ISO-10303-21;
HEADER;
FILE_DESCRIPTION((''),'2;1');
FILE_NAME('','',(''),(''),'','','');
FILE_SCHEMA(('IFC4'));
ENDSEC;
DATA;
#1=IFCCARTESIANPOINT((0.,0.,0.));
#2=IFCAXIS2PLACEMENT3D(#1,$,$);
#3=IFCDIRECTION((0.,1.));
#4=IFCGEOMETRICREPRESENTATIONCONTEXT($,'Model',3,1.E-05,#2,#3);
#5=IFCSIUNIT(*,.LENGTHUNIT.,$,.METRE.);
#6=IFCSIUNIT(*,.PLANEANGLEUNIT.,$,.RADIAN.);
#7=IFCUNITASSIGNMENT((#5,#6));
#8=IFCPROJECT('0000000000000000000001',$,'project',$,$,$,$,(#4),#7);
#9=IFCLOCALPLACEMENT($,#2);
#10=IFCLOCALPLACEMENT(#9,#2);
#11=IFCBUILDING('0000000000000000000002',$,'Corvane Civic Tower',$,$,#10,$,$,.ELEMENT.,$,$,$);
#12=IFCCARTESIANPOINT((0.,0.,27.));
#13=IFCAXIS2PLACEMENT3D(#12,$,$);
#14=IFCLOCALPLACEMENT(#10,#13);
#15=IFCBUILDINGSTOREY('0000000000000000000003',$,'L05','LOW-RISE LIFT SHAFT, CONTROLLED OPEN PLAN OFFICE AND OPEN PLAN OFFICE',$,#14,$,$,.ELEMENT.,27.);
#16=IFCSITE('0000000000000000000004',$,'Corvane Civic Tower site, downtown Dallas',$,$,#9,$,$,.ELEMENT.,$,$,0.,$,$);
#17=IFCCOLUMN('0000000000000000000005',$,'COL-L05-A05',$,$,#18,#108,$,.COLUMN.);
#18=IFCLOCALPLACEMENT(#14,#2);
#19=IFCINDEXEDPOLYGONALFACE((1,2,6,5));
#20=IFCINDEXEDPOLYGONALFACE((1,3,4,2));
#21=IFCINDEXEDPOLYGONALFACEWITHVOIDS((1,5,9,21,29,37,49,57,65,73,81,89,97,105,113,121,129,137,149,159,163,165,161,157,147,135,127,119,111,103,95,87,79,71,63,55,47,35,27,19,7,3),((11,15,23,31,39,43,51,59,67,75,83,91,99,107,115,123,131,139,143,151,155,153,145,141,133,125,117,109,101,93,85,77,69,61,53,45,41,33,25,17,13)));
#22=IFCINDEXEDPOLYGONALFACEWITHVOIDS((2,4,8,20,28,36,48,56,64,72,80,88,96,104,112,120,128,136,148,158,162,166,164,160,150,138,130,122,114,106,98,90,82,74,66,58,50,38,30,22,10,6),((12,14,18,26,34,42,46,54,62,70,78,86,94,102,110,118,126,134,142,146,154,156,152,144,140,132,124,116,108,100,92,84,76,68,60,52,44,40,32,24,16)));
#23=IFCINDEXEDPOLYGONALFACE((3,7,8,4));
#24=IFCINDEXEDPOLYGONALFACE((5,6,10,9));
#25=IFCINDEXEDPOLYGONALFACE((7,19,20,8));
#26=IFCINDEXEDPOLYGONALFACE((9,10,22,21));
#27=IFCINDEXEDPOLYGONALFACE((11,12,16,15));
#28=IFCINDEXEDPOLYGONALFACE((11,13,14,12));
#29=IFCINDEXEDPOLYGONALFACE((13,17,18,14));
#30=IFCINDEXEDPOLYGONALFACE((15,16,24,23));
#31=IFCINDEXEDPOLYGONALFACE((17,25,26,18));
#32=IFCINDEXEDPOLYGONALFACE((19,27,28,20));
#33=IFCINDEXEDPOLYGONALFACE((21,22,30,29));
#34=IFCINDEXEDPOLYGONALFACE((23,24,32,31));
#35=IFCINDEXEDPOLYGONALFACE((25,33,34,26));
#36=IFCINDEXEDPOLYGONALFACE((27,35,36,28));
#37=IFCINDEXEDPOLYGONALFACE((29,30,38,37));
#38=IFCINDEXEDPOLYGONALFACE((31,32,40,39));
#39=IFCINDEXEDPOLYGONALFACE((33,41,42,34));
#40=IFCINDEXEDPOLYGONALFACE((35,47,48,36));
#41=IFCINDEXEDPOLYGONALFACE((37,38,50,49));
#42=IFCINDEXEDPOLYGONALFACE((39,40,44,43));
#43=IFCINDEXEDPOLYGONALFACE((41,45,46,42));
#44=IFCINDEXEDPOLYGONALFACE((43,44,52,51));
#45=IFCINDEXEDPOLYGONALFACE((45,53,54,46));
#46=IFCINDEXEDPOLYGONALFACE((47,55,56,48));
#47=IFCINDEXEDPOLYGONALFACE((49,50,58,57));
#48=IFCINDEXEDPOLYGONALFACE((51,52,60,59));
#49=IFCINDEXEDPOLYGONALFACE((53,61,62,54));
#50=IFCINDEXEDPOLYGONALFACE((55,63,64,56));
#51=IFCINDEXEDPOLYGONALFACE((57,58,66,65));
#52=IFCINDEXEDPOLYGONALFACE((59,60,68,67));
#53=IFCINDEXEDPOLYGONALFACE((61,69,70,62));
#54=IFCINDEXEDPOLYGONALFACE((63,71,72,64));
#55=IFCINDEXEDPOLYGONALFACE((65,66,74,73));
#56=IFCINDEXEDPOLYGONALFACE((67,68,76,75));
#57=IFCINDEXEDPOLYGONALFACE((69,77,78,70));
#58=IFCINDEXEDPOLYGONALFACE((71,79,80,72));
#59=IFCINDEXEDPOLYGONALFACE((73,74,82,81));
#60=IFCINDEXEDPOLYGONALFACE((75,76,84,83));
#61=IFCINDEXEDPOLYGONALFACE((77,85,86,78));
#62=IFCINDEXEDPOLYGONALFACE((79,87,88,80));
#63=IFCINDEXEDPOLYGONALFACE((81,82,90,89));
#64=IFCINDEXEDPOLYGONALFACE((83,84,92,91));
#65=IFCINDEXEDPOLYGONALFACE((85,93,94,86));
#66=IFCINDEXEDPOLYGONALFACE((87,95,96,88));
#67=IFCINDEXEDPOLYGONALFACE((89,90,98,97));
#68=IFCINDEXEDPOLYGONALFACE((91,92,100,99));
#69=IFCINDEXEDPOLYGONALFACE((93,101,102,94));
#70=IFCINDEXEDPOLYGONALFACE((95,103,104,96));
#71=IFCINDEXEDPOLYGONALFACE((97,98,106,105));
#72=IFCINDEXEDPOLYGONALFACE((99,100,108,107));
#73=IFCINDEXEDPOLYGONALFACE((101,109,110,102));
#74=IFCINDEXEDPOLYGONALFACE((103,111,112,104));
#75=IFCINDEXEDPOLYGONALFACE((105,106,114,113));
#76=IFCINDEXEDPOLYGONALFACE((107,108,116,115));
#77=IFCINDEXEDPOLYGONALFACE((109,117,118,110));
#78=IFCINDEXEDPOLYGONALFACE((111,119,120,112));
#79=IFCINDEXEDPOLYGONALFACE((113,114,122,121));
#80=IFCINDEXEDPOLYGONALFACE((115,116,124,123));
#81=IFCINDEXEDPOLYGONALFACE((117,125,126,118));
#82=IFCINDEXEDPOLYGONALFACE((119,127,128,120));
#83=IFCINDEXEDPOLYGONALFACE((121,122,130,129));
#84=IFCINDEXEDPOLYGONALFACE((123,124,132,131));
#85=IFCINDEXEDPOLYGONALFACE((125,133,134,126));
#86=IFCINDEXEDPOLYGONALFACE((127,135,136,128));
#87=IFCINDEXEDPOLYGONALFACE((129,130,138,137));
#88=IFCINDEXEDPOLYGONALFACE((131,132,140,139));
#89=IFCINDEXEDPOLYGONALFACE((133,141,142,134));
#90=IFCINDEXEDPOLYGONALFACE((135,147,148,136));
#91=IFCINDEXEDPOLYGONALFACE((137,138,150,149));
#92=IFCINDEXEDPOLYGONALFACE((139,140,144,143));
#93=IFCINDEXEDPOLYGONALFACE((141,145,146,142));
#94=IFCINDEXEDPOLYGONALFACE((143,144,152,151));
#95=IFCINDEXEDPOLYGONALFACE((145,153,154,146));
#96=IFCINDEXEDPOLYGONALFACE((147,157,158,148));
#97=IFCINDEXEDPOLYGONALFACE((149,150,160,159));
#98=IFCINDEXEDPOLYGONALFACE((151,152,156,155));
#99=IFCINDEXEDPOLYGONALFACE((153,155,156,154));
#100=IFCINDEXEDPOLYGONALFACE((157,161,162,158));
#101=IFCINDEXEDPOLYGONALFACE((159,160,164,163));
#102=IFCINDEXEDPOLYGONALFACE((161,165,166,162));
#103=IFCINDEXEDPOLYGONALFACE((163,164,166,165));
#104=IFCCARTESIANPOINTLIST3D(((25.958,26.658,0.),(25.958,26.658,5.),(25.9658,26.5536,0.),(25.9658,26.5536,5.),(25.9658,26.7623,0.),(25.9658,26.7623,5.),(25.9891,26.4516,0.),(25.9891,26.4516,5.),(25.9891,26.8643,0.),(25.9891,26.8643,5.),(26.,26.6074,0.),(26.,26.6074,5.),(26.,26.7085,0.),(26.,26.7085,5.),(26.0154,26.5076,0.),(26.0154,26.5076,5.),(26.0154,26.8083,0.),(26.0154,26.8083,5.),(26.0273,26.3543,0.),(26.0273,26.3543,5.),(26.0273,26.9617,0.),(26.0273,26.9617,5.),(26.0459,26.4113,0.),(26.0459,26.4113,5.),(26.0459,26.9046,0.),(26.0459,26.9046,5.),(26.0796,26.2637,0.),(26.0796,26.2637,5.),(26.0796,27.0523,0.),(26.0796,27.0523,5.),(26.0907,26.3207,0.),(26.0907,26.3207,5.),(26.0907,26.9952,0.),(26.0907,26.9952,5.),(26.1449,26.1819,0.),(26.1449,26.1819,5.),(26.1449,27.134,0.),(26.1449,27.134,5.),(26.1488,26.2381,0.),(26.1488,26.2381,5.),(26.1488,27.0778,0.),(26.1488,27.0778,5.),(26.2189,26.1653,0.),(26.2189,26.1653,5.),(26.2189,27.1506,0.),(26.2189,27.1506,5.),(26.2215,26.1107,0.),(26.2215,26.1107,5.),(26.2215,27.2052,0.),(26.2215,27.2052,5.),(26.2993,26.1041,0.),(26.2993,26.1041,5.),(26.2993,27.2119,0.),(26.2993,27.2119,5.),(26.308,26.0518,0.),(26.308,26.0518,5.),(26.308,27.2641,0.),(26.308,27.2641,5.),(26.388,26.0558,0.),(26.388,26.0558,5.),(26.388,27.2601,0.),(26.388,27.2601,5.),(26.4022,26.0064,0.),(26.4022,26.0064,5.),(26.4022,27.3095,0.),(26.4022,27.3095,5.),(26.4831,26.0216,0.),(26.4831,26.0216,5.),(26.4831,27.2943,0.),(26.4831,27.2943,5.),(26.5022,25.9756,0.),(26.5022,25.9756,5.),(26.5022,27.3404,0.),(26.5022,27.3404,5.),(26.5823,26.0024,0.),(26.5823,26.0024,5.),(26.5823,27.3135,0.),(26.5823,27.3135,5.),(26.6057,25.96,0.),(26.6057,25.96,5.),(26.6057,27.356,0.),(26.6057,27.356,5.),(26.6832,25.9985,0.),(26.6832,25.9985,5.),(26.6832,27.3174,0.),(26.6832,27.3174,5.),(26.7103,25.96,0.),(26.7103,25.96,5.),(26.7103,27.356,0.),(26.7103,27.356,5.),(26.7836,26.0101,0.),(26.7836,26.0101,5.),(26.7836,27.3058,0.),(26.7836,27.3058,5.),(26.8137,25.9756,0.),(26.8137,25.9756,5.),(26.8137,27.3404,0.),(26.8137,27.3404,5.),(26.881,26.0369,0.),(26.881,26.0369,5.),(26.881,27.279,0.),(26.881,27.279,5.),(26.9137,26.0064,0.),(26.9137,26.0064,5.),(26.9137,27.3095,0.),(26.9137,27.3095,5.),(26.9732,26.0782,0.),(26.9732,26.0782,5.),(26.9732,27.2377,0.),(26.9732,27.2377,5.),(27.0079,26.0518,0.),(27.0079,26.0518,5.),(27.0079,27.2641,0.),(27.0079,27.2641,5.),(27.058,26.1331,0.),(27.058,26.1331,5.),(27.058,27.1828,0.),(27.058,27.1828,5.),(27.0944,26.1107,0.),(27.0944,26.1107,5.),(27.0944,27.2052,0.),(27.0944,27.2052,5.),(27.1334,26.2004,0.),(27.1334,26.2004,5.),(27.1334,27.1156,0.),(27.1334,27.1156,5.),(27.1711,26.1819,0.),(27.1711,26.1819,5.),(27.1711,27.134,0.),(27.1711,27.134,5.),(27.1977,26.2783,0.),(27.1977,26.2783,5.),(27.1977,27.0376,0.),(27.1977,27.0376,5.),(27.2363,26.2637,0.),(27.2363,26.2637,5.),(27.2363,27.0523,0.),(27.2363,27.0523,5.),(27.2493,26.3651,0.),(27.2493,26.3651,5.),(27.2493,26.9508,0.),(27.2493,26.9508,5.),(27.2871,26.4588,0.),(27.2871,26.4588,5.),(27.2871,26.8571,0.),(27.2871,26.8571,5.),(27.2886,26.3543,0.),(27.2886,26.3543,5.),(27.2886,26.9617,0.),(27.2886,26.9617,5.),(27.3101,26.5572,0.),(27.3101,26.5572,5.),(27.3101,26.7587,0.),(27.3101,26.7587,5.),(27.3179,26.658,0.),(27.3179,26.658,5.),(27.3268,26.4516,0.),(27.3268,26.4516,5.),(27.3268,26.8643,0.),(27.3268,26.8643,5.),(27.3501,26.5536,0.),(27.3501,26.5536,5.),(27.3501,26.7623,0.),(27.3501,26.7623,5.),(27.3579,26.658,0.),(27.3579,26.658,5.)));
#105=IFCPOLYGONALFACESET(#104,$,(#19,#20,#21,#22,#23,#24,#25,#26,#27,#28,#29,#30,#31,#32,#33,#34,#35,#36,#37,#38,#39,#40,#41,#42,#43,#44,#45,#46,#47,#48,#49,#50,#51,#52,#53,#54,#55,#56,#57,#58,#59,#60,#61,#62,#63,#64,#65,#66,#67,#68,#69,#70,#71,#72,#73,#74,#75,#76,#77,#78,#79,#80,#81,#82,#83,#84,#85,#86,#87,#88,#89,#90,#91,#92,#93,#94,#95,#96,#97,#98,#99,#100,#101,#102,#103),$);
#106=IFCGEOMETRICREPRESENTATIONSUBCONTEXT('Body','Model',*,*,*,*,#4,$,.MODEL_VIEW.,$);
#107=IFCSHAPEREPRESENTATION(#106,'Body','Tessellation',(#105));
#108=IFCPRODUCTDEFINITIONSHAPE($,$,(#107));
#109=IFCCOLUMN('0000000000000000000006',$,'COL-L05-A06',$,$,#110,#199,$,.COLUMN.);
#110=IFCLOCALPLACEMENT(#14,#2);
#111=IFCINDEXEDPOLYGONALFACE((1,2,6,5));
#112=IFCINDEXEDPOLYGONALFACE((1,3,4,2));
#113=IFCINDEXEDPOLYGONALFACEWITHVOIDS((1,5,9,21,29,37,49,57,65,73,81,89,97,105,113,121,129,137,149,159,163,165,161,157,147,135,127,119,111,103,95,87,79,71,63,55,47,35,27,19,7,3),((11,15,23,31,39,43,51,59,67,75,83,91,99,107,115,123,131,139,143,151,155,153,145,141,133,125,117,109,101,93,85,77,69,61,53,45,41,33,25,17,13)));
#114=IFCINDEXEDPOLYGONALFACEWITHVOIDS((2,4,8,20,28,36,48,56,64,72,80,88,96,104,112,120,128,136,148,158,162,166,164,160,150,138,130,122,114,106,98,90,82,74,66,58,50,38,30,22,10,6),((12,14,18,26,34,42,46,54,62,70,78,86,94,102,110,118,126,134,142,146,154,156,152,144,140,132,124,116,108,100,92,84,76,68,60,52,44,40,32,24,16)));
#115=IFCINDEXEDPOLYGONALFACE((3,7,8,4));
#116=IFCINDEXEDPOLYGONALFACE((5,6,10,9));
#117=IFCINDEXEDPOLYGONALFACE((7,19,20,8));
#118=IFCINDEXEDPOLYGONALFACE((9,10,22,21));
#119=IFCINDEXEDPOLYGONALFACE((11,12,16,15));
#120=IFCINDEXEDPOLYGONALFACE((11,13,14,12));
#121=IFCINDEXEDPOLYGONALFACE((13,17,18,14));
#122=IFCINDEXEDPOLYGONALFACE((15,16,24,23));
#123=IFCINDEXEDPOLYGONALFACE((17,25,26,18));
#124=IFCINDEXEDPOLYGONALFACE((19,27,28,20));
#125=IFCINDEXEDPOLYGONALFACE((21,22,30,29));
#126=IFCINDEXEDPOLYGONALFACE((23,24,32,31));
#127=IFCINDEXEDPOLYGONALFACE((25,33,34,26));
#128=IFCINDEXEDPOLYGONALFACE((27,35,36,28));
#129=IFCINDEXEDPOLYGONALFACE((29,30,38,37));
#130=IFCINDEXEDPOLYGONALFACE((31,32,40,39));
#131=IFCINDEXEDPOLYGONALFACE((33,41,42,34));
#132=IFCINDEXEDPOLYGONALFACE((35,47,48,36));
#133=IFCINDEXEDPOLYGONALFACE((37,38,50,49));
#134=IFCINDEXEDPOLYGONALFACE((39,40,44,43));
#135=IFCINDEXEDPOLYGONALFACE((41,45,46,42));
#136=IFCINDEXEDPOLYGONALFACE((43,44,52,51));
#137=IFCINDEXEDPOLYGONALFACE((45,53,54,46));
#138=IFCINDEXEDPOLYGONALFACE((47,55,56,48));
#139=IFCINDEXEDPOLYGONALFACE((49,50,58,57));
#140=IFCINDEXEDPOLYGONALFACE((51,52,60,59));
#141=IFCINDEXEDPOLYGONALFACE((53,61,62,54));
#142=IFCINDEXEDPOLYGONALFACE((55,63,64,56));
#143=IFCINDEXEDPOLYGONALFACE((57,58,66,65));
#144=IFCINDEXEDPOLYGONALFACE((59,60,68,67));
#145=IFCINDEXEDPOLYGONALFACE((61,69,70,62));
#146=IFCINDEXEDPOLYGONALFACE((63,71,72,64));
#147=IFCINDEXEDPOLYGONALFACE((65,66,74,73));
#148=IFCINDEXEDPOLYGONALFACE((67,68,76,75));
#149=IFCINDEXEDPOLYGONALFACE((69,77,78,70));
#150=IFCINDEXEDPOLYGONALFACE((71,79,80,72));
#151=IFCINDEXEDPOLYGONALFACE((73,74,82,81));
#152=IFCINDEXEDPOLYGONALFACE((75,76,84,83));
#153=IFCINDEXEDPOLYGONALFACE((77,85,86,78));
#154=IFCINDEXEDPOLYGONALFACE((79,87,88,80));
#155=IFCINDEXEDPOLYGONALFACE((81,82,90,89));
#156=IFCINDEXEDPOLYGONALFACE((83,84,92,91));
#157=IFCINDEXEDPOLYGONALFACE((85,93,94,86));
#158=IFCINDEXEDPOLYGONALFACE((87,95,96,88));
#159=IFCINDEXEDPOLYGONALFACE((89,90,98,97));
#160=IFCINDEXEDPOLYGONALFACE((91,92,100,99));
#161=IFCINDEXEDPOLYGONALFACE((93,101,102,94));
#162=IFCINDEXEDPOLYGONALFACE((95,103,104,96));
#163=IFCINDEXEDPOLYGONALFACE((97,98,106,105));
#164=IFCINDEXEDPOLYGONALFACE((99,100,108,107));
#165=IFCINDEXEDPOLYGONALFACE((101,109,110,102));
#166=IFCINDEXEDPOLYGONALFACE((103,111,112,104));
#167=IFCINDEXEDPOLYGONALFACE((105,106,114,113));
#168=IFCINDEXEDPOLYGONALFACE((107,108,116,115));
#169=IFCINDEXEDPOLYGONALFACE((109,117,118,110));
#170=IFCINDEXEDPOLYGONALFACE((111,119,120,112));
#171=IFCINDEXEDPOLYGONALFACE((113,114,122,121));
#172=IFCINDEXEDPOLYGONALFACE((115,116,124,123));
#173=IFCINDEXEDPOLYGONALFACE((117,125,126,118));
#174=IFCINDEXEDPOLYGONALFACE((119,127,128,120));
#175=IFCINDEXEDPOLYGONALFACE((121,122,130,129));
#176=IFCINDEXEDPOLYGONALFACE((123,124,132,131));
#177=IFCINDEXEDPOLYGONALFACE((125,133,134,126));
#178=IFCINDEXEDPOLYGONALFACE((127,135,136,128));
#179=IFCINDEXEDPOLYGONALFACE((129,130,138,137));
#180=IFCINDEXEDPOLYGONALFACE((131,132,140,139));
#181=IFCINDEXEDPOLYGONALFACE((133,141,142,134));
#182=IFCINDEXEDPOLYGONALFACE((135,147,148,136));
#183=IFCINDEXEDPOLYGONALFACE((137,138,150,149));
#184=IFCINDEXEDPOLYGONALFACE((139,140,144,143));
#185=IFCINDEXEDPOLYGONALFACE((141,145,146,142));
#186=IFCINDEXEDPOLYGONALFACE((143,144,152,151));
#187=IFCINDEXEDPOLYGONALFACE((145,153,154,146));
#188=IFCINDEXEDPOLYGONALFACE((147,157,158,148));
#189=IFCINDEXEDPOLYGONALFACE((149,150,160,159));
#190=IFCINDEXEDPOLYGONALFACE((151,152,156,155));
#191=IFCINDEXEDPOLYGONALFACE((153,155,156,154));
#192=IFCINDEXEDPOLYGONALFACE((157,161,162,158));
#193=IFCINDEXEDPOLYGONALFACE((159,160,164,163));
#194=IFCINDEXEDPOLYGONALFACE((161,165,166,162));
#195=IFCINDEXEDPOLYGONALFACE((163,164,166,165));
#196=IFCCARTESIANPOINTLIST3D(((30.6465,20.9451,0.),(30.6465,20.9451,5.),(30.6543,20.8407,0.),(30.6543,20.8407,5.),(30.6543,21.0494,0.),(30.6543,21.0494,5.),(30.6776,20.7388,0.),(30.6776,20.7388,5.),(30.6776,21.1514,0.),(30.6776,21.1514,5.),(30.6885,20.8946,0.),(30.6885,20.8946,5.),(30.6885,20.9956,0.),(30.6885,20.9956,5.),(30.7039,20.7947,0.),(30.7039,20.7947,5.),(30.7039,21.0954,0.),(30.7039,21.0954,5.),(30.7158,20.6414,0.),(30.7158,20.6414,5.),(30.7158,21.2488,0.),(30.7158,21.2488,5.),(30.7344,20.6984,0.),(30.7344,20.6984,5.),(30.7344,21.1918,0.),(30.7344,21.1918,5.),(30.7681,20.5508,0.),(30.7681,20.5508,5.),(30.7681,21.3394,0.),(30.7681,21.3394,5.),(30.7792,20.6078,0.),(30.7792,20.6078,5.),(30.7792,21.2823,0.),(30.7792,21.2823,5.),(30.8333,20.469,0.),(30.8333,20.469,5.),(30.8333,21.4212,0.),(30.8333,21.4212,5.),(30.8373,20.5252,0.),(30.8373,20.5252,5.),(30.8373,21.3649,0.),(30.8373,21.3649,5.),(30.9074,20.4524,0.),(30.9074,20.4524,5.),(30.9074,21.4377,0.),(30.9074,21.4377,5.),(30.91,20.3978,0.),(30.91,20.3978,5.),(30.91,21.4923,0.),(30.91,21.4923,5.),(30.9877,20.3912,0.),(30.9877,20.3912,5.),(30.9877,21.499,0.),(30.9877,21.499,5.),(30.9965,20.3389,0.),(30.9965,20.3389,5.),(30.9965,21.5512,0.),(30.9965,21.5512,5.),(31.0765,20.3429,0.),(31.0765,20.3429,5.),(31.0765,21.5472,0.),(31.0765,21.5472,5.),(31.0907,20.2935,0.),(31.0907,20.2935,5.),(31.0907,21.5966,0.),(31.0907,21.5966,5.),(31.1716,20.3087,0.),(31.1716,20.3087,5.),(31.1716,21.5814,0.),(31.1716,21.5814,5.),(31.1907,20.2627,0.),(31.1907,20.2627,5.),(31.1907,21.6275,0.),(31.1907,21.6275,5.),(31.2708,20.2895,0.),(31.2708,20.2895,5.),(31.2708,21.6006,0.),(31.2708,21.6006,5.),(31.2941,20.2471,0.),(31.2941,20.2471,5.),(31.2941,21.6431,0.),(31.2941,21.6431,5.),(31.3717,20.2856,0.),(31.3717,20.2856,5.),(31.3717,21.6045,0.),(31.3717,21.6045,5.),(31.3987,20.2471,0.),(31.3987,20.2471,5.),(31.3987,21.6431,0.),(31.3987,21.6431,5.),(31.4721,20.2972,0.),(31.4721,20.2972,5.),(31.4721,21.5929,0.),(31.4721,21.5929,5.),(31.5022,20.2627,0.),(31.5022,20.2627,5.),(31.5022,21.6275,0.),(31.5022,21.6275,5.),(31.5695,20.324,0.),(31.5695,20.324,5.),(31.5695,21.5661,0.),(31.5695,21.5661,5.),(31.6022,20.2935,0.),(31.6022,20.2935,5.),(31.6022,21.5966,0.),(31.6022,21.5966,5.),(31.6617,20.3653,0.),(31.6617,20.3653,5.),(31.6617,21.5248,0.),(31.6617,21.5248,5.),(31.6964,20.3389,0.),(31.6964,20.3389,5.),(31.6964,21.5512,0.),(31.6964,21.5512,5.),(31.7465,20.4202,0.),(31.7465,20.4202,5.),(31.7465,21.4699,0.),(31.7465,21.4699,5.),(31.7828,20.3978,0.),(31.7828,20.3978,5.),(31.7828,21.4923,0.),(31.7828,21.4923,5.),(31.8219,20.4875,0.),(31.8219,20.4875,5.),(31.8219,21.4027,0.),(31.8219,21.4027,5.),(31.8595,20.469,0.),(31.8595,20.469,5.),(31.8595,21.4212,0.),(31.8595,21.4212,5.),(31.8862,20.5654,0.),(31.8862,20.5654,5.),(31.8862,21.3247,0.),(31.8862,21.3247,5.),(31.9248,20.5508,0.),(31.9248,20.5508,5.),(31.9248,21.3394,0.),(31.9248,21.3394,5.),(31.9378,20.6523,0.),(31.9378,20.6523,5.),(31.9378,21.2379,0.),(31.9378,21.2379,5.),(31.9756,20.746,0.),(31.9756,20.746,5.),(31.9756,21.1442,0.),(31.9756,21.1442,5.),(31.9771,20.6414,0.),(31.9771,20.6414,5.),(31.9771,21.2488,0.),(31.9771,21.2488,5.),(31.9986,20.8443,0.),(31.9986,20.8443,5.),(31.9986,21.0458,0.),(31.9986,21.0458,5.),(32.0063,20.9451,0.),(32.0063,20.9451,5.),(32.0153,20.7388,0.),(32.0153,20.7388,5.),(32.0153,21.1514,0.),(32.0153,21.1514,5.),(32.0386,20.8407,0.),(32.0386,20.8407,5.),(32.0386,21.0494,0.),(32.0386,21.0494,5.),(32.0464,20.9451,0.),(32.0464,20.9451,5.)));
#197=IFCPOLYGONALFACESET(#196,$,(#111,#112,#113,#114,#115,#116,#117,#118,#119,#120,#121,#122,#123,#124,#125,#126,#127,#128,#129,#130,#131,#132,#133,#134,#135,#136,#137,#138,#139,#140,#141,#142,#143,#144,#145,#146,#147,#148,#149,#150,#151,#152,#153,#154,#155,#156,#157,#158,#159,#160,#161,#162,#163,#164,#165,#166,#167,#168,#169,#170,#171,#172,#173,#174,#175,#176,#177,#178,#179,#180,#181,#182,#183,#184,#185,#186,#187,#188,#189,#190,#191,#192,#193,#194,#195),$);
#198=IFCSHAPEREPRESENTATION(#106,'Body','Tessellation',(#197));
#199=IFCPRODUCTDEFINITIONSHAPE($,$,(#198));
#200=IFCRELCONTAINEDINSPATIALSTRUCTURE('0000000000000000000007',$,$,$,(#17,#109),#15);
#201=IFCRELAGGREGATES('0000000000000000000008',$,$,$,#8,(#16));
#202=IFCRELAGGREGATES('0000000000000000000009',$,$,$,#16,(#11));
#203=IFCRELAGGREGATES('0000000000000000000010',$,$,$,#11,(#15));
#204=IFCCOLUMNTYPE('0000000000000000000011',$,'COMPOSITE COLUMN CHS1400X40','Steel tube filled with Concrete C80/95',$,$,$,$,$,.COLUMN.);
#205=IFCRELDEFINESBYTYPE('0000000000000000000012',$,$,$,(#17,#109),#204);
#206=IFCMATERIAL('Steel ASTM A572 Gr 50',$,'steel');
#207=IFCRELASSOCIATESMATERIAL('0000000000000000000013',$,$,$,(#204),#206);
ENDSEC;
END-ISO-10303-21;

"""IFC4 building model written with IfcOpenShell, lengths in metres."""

from ifc_helpers import new_model, si_unit, direction, frame, origin, origin_2d, place, context, subcontext, project, spatial, hollow_circle, extrude, material, material_profile, profile_set, type_object, element, save


model = new_model("IFC4")

# Units and contexts
model_context = context("Model", 3, precision=1e-05, world=origin(), true_north=direction((0.0, 1.0)))
body_context = subcontext(model_context, "Body", "Model", "MODEL_VIEW")
ifc_project = project(units=[si_unit("LENGTHUNIT", "METRE"), si_unit("PLANEANGLEUNIT", "RADIAN")], contexts=[model_context])

# Site, building, storey
site_placement = place(None, origin())
site = spatial("IfcSite", under=ifc_project, at=site_placement, Name="Corvane Civic Tower site, downtown Dallas", CompositionType="ELEMENT", RefElevation=0.0)
building_placement = place(site_placement, origin())
building = spatial("IfcBuilding", under=site, at=building_placement, Name="Corvane Civic Tower", CompositionType="ELEMENT")
storey_placement = place(building_placement, frame((0.0, 0.0, 27.0)))
storey = spatial("IfcBuildingStorey", under=building, at=storey_placement, Name="L05", Description="LOW-RISE LIFT SHAFT, CONTROLLED OPEN PLAN OFFICE AND OPEN PLAN OFFICE", CompositionType="ELEMENT", Elevation=27.0)

# Columns
ifc_material_1 = material(Name="Steel ASTM A572 Gr 50", Category="steel")
ifc_material_profile_1 = material_profile(ifc_material_1, hollow_circle(Radius=0.7, WallThickness=0.04, at=origin_2d()), Name="CHS1400X40")
ifc_profile_set_1 = profile_set([ifc_material_profile_1], Name="Steel ASTM A572 Gr 50")
column_type_1 = type_object("IfcColumnType", Name="COMPOSITE COLUMN CHS1400X40", Description="Steel tube filled with Concrete C80/95", PredefinedType="COLUMN", material=ifc_profile_set_1)
for number, where, z_axis, x_axis, name in (
    (1, (26.658, 26.658, 0.0), (0.0, 0.0, 1.0), (1.0, 0.0, 0.0), "COL-L05-A05"),
    (2, (31.3464, 20.9451, 0.0), (0.0, 0.0, 1.0), (1.0, 0.0, 0.0), "COL-L05-A06"),
):
    element("IfcColumn", number, at=place(storey_placement, frame(where, z_axis=z_axis, x_axis=x_axis)), inside=storey, type_object=column_type_1, Name=name, PredefinedType="COLUMN", context=body_context, shape_type="SweptSolid", body=[
        extrude(hollow_circle(Radius=0.7, WallThickness=0.04, at=origin_2d()), origin(), (0.0, 0.0, 1.0), 5.0),
    ])

save(model, "model.ifc")
